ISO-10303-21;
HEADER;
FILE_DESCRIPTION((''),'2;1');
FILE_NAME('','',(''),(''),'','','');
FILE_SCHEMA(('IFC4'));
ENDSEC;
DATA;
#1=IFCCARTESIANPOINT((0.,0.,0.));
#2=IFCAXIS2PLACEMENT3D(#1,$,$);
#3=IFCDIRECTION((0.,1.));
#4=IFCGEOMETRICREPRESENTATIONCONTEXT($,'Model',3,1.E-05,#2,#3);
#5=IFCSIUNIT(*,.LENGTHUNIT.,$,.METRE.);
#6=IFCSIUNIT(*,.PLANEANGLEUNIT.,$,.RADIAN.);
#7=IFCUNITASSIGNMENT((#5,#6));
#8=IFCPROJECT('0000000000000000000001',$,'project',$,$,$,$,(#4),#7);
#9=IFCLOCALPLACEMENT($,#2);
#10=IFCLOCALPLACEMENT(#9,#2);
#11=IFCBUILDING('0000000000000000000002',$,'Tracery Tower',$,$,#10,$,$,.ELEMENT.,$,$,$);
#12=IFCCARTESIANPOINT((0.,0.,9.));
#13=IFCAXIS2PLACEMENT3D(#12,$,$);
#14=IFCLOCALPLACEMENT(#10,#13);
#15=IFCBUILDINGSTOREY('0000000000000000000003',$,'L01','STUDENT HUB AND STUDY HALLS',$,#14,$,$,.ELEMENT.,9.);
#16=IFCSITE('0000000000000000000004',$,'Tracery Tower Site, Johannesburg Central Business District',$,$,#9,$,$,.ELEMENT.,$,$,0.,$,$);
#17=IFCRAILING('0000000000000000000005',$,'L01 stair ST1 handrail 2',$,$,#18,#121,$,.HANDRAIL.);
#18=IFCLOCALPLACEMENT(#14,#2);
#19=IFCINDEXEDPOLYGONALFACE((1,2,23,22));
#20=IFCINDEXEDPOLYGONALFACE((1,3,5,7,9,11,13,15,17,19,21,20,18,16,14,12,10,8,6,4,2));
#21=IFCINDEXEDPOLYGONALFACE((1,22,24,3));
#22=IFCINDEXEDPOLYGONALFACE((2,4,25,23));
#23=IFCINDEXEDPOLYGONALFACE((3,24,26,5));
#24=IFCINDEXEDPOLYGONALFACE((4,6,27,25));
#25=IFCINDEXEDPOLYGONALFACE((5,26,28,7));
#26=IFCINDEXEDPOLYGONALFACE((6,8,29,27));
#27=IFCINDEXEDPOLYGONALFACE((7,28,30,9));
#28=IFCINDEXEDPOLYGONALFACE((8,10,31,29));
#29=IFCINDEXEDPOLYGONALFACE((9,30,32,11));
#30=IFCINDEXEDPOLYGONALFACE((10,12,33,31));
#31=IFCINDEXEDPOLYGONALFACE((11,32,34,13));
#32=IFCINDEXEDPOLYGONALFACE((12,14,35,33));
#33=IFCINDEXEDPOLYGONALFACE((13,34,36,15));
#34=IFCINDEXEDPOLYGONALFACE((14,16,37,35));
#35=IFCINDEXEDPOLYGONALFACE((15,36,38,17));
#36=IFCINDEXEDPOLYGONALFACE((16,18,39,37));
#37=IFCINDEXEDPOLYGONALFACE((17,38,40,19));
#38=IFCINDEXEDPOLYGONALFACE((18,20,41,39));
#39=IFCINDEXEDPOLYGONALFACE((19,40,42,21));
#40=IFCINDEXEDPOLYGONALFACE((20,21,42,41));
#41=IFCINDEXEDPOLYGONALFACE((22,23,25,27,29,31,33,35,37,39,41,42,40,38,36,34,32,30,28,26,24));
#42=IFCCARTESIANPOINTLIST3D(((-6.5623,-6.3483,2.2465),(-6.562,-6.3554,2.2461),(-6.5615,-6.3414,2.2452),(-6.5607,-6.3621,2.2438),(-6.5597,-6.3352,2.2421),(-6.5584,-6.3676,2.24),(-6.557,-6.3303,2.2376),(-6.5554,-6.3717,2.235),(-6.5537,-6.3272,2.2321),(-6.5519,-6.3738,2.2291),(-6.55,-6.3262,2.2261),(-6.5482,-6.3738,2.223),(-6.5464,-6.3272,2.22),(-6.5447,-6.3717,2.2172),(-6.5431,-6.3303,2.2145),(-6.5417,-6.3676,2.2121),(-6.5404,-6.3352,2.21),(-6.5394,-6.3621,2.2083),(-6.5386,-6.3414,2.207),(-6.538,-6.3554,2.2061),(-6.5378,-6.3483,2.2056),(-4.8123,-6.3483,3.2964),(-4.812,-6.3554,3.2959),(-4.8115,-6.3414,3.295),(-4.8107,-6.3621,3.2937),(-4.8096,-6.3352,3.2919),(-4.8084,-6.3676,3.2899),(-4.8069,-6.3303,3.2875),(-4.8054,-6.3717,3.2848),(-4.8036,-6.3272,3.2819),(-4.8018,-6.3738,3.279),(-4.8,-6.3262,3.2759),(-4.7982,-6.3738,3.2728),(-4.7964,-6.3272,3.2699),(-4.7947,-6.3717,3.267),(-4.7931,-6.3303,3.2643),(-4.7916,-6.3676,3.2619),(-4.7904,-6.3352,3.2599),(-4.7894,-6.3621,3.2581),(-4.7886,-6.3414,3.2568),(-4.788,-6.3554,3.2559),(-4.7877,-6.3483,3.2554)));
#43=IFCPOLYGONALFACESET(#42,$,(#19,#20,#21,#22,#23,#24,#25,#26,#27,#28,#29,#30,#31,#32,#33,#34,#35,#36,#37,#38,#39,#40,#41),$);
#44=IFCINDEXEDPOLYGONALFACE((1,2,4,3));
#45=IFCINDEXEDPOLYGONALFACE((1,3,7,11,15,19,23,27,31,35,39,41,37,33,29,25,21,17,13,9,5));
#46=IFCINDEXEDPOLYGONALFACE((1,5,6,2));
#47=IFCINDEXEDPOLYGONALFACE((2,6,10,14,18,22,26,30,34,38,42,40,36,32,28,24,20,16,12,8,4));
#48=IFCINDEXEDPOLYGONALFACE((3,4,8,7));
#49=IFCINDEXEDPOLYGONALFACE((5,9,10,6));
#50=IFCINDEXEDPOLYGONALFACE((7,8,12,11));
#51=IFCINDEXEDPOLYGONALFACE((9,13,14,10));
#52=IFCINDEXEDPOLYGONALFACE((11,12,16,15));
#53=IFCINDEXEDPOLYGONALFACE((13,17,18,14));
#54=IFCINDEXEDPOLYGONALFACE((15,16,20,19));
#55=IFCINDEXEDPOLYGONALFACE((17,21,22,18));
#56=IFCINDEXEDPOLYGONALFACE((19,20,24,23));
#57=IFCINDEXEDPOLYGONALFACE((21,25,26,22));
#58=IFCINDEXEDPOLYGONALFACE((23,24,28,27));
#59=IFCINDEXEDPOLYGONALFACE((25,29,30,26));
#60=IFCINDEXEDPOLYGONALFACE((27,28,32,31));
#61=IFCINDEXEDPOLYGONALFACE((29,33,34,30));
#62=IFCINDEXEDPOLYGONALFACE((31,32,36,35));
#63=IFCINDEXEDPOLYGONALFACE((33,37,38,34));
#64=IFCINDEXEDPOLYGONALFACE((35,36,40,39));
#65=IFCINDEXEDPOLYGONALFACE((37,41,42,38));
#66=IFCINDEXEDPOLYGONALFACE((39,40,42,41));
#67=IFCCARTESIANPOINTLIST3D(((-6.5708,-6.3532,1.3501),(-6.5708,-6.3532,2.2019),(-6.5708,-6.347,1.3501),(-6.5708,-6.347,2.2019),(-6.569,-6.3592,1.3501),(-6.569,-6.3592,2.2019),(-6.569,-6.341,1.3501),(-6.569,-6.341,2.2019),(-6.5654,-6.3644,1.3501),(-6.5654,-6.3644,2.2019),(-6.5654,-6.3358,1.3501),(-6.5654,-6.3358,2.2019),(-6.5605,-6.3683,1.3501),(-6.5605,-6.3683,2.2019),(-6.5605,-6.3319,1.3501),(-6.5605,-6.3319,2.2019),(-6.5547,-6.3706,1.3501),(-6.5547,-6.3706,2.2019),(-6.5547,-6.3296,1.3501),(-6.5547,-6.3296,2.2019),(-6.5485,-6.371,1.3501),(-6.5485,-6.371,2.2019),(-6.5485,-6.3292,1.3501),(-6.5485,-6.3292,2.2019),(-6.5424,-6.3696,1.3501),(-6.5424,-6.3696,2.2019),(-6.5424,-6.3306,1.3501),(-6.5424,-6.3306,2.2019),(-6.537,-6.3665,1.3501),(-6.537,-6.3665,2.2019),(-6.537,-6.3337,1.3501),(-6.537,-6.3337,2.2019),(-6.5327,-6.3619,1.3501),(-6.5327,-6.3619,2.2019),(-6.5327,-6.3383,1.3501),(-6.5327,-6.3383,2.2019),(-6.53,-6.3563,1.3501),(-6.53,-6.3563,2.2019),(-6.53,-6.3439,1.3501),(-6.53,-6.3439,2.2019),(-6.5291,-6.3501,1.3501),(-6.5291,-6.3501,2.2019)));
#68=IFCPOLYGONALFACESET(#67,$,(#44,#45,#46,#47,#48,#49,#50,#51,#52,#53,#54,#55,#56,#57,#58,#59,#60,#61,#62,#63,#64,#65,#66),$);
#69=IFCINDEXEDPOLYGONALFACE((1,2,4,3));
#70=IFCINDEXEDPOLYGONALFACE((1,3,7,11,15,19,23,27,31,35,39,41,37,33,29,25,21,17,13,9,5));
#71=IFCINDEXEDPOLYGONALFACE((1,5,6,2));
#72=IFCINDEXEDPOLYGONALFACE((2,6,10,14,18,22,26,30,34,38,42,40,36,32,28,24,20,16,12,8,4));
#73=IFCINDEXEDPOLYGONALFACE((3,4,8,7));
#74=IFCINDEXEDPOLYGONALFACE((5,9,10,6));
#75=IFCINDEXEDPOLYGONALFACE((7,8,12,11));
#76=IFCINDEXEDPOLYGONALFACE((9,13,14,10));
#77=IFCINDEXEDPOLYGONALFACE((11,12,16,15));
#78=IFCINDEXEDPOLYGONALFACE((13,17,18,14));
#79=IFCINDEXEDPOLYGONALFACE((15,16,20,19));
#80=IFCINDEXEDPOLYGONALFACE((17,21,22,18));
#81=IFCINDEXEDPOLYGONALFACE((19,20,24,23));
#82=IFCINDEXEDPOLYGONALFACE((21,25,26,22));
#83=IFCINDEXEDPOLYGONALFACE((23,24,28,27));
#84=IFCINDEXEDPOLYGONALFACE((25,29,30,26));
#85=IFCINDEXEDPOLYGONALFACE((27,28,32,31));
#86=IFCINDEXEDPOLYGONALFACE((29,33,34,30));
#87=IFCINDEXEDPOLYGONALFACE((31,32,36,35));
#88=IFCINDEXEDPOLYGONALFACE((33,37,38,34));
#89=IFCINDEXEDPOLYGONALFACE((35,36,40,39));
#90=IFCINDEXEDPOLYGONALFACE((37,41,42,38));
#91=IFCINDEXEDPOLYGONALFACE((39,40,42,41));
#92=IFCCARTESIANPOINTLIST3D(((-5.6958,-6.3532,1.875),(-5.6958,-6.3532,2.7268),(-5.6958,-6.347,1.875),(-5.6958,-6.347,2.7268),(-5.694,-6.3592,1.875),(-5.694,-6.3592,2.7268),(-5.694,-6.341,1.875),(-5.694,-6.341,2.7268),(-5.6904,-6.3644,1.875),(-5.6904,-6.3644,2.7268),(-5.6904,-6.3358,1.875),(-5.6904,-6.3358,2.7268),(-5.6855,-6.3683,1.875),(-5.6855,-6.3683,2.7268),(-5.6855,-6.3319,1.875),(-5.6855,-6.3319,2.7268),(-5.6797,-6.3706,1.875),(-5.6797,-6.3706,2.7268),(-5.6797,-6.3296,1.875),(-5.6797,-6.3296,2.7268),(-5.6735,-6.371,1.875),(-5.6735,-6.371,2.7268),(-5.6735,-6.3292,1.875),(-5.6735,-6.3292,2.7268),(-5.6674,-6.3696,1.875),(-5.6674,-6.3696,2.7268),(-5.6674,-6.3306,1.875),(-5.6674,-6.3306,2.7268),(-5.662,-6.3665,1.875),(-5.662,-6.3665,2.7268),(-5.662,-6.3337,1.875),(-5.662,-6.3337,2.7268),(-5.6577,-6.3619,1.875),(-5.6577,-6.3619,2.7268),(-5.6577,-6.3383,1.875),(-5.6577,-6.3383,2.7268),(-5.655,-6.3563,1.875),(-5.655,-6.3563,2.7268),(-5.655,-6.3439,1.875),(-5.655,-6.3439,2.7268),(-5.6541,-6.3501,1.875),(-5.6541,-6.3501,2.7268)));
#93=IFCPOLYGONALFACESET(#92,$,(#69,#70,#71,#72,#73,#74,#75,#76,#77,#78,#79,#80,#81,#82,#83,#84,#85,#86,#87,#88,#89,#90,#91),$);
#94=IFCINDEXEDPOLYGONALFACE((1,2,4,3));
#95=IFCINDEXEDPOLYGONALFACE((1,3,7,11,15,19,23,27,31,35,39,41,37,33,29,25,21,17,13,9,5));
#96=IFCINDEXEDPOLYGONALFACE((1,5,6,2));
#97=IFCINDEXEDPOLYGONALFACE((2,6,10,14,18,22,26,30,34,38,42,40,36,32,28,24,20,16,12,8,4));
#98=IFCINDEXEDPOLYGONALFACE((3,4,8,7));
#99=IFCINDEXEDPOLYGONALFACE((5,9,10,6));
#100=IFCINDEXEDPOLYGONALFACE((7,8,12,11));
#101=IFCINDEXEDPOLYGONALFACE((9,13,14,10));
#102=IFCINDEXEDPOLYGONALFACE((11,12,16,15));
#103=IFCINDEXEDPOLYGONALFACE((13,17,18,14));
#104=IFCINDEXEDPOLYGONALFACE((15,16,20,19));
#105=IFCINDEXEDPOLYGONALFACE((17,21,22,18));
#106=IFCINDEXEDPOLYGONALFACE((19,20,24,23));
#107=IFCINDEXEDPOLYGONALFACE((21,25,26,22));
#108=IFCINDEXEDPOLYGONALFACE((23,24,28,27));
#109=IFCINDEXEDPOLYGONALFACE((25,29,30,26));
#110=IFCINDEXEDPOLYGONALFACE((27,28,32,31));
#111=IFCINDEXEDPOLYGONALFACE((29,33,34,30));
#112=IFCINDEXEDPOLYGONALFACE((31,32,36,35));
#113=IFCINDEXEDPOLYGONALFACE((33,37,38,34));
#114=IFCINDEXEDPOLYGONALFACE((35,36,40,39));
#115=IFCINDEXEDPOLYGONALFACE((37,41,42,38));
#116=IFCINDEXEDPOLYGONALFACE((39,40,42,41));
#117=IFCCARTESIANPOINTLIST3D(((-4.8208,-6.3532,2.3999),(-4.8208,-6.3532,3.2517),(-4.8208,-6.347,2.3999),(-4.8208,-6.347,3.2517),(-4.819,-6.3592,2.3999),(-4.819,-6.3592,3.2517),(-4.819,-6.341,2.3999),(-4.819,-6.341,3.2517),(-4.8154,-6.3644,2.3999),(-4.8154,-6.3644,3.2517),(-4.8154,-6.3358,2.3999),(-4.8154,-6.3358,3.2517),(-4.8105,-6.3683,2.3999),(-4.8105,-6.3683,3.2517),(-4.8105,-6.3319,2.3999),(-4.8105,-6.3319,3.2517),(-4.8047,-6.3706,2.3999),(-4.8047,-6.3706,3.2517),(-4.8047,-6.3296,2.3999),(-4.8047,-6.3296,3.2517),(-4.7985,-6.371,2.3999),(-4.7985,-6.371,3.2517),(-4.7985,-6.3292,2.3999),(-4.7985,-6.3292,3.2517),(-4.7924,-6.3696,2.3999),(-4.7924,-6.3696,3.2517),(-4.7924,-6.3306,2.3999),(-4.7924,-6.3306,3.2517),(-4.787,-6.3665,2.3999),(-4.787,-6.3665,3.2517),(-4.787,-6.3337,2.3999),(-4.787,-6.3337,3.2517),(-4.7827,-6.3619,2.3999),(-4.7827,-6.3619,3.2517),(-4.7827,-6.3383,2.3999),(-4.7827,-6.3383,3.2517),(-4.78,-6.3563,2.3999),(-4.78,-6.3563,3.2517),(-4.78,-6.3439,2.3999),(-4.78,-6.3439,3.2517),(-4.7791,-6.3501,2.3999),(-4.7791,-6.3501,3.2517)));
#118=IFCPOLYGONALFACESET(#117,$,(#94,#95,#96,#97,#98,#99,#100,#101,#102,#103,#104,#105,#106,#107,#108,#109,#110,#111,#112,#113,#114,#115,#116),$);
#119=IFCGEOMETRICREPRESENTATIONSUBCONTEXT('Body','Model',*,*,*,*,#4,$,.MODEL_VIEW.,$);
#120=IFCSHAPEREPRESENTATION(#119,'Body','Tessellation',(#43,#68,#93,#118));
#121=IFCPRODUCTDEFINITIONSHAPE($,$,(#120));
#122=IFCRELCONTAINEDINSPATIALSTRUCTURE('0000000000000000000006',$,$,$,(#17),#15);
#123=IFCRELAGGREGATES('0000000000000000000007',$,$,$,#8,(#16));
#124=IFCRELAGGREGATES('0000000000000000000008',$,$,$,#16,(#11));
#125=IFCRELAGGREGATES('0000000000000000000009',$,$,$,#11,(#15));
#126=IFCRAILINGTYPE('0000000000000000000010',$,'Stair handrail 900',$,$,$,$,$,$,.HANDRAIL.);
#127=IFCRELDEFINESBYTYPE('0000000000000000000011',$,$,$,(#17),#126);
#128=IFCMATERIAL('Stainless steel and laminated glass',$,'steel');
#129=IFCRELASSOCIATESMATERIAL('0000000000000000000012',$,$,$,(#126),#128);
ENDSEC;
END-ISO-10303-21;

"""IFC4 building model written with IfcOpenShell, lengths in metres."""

from ifc_helpers import new_model, si_unit, direction, frame, origin, origin_2d, place, context, subcontext, project, spatial, circle, extrude, material, type_object, element, save


model = new_model("IFC4")

# Units and contexts
model_context = context("Model", 3, precision=1e-05, world=origin(), true_north=direction((0.0, 1.0)))
body_context = subcontext(model_context, "Body", "Model", "MODEL_VIEW")
ifc_project = project(units=[si_unit("LENGTHUNIT", "METRE"), si_unit("PLANEANGLEUNIT", "RADIAN")], contexts=[model_context])

# Site, building, storey
site_placement = place(None, origin())
site = spatial("IfcSite", under=ifc_project, at=site_placement, Name="Tracery Tower Site, Johannesburg Central Business District", CompositionType="ELEMENT", RefElevation=0.0)
building_placement = place(site_placement, origin())
building = spatial("IfcBuilding", under=site, at=building_placement, Name="Tracery Tower", CompositionType="ELEMENT")
storey_placement = place(building_placement, frame((0.0, 0.0, 9.0)))
storey = spatial("IfcBuildingStorey", under=building, at=storey_placement, Name="L01", Description="STUDENT HUB AND STUDY HALLS", CompositionType="ELEMENT", Elevation=9.0)

# Railing
ifc_material_1 = material(Name="Stainless steel and laminated glass", Category="steel")
railing_type_1 = type_object("IfcRailingType", Name="Stair handrail 900", PredefinedType="HANDRAIL", material=ifc_material_1)
railing_1_placement = place(storey_placement, frame((-6.55, -6.3501, 1.3501)))
element("IfcRailing", 1, at=railing_1_placement, inside=storey, type_object=railing_type_1, Name="L01 stair ST1 handrail 2", PredefinedType="HANDRAIL", context=body_context, shape_type="SweptSolid", body=[
    extrude(circle(Radius=0.0239, at=origin_2d()), frame((0.0, 0.0, 0.876), z_axis=(0.857535, 0.0, 0.514425), x_axis=(0.0, 1.0, 0.0)), (0.0, 0.0, 1.0), 2.0408),
    extrude(circle(Radius=0.021, at=origin_2d()), origin(), (0.0, 0.0, 1.0), 0.8518),
    extrude(circle(Radius=0.021, at=origin_2d()), frame((0.875, 0.0, 0.5249)), (0.0, 0.0, 1.0), 0.8518),
    extrude(circle(Radius=0.021, at=origin_2d()), frame((1.75, 0.0, 1.0498)), (0.0, 0.0, 1.0), 0.8518),
])

save(model, "model.ifc")
